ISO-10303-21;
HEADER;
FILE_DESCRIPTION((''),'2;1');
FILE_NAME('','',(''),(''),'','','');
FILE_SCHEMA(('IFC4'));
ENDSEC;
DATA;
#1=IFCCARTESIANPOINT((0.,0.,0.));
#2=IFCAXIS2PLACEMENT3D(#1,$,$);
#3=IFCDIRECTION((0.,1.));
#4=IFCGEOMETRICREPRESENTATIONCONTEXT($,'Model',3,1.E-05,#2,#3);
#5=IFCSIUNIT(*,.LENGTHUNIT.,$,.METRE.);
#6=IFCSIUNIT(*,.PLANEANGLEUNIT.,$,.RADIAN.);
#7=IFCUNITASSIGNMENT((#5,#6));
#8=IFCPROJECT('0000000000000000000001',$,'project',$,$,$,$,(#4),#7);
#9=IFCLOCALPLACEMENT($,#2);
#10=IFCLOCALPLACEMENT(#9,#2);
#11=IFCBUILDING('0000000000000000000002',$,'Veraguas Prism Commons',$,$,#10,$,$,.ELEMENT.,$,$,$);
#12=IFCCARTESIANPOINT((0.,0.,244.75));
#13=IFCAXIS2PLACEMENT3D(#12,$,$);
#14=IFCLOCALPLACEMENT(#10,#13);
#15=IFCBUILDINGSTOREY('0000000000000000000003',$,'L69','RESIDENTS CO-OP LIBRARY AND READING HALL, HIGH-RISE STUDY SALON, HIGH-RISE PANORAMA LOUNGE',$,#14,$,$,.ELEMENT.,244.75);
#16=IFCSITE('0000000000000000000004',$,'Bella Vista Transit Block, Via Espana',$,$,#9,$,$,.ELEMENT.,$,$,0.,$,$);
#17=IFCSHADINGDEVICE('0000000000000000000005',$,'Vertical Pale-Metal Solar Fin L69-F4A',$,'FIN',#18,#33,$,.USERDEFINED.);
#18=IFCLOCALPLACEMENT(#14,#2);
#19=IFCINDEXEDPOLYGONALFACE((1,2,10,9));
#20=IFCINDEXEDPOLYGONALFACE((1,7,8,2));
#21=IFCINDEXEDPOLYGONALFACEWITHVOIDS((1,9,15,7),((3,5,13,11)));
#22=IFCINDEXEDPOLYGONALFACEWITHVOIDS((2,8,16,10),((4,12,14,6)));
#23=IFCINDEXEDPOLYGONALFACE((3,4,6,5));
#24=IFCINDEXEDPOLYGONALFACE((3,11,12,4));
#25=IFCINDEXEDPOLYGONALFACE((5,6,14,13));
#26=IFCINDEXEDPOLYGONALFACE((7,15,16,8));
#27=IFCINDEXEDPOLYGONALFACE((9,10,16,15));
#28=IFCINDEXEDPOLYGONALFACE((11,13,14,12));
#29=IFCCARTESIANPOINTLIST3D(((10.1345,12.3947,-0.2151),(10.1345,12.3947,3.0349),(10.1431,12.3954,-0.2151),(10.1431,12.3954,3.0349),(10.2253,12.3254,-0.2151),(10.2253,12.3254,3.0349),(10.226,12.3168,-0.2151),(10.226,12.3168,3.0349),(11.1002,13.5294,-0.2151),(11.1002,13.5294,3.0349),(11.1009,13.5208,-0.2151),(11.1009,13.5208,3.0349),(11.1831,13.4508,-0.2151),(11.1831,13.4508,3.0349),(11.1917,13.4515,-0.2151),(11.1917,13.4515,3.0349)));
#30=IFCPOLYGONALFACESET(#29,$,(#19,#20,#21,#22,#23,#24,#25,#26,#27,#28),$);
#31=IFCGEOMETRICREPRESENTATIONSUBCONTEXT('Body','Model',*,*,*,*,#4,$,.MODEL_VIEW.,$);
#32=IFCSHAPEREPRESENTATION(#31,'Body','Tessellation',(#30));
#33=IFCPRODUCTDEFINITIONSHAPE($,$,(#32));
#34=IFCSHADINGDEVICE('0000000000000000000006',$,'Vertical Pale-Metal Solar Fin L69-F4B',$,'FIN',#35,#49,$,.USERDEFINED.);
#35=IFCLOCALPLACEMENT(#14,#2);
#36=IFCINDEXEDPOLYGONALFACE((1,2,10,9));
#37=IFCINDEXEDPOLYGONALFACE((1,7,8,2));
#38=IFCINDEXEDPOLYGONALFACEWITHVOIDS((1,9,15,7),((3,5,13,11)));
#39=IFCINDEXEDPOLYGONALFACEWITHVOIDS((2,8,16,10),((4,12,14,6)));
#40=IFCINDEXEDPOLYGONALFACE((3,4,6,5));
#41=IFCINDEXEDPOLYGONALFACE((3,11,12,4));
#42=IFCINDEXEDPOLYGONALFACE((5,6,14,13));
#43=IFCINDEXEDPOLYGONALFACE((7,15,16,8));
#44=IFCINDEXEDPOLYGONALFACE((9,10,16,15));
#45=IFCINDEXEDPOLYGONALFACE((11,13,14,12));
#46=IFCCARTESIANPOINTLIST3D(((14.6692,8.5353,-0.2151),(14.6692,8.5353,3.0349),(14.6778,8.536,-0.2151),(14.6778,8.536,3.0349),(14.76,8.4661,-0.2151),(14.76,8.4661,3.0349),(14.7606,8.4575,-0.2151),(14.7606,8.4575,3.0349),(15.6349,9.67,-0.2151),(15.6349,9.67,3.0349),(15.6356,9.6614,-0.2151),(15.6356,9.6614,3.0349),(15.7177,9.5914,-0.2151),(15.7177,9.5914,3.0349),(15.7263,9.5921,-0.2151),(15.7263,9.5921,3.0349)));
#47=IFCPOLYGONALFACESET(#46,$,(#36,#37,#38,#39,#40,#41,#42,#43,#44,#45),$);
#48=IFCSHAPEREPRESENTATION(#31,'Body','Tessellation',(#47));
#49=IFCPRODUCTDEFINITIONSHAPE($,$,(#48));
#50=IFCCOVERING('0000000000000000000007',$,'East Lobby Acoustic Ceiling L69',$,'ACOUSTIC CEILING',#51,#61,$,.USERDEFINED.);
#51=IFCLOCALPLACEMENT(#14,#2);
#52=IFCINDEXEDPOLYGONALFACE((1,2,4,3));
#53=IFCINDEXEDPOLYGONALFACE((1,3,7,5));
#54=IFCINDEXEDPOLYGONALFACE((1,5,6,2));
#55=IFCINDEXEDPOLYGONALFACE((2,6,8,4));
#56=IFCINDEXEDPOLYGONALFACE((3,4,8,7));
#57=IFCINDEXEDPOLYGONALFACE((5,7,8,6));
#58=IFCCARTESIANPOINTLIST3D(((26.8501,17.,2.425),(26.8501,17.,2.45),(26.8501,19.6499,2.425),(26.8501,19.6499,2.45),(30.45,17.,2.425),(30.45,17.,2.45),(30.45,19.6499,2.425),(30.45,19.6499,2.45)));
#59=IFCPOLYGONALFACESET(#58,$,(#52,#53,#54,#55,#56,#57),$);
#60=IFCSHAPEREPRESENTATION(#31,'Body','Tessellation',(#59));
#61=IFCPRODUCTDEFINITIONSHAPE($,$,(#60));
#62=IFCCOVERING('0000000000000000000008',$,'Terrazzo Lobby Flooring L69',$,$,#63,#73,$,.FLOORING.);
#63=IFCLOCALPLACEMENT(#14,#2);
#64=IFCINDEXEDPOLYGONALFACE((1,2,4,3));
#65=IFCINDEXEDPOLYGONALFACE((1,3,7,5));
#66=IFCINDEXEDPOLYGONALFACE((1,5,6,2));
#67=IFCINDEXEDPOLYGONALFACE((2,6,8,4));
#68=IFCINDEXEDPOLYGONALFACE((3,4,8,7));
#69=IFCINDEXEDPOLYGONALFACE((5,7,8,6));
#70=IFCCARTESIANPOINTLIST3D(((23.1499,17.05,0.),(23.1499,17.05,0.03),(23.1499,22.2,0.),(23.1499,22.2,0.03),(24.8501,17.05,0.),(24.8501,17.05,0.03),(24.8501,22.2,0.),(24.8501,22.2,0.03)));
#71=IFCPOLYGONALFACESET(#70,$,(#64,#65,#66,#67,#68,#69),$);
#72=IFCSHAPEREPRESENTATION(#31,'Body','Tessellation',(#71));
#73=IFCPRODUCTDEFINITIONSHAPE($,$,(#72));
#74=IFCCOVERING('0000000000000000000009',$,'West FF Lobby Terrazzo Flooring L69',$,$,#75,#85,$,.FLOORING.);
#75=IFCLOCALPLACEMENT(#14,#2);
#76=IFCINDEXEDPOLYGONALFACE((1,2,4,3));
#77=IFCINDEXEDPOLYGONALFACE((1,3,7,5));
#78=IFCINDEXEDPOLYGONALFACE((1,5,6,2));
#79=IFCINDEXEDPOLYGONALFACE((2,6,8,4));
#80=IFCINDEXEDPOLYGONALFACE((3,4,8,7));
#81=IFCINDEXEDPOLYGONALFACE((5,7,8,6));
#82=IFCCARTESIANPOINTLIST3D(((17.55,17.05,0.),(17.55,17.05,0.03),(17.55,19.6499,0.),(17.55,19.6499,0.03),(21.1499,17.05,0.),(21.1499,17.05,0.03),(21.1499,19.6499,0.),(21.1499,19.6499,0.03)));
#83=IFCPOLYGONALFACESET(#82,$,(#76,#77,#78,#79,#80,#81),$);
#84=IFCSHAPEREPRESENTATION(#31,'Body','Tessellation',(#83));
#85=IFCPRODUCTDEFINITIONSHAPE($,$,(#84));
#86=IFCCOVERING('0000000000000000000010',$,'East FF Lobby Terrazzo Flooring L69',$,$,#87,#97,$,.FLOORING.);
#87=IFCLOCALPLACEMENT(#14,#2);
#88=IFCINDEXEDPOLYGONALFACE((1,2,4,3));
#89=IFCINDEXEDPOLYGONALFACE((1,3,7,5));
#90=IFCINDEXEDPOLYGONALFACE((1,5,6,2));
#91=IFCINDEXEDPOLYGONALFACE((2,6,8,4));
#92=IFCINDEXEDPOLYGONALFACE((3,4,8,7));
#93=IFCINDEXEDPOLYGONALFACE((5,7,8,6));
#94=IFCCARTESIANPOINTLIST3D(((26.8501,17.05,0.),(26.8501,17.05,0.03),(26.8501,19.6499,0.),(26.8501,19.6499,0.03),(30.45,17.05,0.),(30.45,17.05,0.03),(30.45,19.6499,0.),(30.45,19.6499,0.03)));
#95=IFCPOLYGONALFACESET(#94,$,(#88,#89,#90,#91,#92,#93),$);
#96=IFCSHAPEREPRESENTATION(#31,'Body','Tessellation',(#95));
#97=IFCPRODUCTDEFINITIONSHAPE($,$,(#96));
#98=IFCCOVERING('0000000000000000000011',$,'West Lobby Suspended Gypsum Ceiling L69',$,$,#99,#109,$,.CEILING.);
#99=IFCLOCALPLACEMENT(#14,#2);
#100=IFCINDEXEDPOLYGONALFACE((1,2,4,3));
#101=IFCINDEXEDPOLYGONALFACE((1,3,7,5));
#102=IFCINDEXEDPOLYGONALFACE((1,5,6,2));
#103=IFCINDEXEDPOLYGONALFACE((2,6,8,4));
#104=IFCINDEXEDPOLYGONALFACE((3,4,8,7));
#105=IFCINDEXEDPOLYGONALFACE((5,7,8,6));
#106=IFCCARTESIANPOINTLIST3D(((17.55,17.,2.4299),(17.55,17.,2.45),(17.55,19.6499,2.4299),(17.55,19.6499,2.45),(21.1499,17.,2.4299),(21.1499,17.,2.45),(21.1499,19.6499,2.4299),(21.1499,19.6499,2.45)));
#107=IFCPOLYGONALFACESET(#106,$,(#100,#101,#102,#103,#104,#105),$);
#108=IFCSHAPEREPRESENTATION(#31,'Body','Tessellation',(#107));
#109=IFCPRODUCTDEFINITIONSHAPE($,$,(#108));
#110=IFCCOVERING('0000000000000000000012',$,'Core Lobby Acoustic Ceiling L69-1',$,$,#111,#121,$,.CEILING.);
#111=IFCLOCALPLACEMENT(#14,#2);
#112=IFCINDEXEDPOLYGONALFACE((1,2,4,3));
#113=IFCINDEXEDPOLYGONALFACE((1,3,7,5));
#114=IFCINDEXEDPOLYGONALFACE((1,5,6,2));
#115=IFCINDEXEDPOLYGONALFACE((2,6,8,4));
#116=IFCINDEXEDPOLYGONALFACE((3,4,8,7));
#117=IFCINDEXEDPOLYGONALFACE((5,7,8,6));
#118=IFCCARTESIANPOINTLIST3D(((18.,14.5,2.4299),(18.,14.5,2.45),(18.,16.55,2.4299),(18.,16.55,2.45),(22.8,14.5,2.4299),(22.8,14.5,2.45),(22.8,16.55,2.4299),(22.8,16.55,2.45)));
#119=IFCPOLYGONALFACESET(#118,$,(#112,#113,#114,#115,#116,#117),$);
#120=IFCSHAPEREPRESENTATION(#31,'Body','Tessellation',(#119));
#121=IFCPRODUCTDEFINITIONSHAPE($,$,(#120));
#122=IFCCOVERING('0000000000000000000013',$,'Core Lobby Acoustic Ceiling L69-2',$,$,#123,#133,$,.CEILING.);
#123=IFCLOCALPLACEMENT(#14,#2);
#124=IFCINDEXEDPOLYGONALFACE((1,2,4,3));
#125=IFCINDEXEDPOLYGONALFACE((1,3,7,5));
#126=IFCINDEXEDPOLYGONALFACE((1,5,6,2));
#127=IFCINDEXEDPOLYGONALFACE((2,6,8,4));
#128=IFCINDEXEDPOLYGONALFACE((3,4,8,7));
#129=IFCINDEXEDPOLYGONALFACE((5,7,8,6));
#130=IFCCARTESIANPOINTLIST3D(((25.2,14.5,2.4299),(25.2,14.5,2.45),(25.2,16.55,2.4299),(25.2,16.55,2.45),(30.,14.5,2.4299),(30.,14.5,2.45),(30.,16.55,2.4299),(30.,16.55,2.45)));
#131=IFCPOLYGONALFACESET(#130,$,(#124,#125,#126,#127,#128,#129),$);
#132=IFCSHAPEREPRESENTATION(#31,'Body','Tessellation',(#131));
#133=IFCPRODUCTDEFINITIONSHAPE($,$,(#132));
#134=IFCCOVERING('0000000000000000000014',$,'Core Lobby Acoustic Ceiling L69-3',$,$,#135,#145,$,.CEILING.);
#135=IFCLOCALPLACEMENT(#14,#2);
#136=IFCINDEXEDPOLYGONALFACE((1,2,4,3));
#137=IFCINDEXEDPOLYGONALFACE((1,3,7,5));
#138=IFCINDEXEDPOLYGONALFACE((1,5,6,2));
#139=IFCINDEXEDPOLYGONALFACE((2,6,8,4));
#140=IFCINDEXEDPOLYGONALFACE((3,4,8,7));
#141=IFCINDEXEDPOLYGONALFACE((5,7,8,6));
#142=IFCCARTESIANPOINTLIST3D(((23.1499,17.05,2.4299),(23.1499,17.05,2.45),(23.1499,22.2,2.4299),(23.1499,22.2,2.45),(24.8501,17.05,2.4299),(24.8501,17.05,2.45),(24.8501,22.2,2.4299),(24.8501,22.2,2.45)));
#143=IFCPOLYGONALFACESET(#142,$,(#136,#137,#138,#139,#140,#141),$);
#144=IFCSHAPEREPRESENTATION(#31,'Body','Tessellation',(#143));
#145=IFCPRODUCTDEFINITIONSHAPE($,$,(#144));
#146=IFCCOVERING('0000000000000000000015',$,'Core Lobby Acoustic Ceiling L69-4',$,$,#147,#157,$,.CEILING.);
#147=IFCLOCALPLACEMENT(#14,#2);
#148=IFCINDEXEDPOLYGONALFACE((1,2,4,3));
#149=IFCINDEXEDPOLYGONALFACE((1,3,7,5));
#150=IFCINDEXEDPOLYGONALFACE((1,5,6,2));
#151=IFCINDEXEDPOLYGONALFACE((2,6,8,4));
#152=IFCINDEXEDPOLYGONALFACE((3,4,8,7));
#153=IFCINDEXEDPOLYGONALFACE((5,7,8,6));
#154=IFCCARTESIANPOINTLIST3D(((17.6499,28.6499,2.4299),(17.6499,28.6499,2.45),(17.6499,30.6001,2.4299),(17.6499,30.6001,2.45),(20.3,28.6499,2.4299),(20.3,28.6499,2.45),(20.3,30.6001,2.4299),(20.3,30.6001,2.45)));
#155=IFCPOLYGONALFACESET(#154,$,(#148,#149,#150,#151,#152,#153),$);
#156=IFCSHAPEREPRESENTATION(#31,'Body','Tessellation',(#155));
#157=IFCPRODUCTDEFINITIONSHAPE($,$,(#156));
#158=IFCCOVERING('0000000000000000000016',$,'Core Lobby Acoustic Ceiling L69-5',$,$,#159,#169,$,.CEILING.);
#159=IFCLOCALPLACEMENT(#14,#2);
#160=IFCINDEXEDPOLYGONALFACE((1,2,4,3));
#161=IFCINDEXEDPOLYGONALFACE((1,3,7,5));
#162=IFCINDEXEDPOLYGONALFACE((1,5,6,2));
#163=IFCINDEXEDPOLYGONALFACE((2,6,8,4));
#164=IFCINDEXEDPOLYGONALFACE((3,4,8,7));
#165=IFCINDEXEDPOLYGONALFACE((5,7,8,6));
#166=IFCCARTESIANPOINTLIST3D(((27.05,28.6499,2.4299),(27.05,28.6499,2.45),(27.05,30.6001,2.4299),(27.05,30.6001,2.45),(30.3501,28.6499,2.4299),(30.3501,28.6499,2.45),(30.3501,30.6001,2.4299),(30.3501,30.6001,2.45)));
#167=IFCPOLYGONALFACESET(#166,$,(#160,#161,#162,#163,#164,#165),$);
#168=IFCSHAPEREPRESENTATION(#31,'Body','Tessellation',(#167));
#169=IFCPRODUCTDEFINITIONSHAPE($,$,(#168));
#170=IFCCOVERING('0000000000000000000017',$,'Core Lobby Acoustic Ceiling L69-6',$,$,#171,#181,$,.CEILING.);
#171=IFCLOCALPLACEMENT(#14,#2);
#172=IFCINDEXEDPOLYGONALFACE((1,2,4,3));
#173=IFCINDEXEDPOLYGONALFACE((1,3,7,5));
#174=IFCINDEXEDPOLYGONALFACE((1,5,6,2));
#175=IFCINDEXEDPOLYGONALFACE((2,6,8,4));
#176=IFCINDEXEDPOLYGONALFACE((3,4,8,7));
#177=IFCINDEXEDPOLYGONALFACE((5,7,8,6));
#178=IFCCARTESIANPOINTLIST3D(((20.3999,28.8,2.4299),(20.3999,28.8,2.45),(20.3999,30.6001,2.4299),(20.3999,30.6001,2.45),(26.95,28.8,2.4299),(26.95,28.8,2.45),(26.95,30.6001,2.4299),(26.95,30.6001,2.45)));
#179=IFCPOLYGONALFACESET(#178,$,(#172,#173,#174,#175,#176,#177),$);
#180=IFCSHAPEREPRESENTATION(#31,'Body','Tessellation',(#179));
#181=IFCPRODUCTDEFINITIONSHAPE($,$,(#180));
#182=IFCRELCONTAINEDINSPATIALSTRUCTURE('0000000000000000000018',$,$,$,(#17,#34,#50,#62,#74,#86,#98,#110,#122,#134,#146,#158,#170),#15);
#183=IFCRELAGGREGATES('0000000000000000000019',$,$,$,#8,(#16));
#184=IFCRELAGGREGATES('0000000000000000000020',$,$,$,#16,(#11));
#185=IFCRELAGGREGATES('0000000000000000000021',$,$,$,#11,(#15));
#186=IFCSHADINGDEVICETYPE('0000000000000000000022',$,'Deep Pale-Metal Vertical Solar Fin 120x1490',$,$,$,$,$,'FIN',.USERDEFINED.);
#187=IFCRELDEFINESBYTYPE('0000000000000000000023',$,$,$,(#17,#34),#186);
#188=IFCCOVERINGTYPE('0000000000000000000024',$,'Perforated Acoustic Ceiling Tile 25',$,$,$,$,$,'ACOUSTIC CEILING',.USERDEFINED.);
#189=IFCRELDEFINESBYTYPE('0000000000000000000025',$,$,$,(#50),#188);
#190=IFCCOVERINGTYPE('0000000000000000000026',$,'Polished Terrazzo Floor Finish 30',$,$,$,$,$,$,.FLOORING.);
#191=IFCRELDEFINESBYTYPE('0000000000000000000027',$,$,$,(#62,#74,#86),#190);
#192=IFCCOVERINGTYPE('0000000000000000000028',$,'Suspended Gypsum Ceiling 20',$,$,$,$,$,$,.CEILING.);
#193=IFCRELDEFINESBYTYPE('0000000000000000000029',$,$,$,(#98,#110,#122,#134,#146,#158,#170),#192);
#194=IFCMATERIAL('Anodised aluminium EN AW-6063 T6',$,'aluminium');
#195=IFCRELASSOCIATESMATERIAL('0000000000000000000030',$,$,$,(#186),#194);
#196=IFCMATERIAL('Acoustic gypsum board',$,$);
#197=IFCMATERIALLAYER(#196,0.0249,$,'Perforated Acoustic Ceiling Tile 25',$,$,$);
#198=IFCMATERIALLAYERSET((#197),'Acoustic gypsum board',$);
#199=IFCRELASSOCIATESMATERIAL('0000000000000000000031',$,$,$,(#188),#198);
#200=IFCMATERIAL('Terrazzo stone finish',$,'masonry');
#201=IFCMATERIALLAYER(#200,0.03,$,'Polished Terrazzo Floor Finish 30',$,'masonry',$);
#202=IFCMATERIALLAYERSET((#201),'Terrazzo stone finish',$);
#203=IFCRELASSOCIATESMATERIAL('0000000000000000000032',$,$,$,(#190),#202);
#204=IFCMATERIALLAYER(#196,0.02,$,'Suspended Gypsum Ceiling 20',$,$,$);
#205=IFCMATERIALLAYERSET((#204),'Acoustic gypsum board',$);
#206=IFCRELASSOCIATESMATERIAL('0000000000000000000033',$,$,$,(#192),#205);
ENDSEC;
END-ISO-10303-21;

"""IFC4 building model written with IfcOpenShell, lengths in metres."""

from ifc_helpers import new_model, si_unit, direction, frame, origin, origin_2d, place, context, subcontext, project, spatial, polyline, hollow_rectangle, outline, extrude, material, layer, layer_set, material_profile, profile_set, type_object, element, save


model = new_model("IFC4")

# Units and contexts
model_context = context("Model", 3, precision=1e-05, world=origin(), true_north=direction((0.0, 1.0)))
body_context = subcontext(model_context, "Body", "Model", "MODEL_VIEW")
ifc_project = project(units=[si_unit("LENGTHUNIT", "METRE"), si_unit("PLANEANGLEUNIT", "RADIAN")], contexts=[model_context])

# Site, building, storey
site_placement = place(None, origin())
site = spatial("IfcSite", under=ifc_project, at=site_placement, Name="Bella Vista Transit Block, Via Espana", CompositionType="ELEMENT", RefElevation=0.0)
building_placement = place(site_placement, origin())
building = spatial("IfcBuilding", under=site, at=building_placement, Name="Veraguas Prism Commons", CompositionType="ELEMENT")
storey_placement = place(building_placement, frame((0.0, 0.0, 244.75)))
storey = spatial("IfcBuildingStorey", under=building, at=storey_placement, Name="L69", Description="RESIDENTS CO-OP LIBRARY AND READING HALL, HIGH-RISE STUDY SALON, HIGH-RISE PANORAMA LOUNGE", CompositionType="ELEMENT", Elevation=244.75)

# Shared definitions
ifc_material_1 = material(Name="Anodised aluminium EN AW-6063 T6", Category="aluminium")

# Shading devices
ifc_material_profile_1 = material_profile(ifc_material_1, hollow_rectangle(XDim=0.1201, YDim=1.49, WallThickness=0.0061, at=origin_2d()), Name="FIN120X1490X6")
ifc_profile_set_1 = profile_set([ifc_material_profile_1], Name="Anodised aluminium EN AW-6063 T6")
shading_device_type = type_object("IfcShadingDeviceType", Name="Deep Pale-Metal Vertical Solar Fin 120x1490", ElementType="FIN", PredefinedType="USERDEFINED", material=ifc_profile_set_1)
for number, where, z_axis, x_axis, name in (
    (1, (10.6631, 12.9231, -0.2151), (0.0, 0.0, 1.0), (0.761538, -0.64812, 0.0), "Vertical Pale-Metal Solar Fin L69-F4A"),
    (2, (15.1978, 9.0637, -0.2151), (0.0, 0.0, 1.0), (0.761538, -0.64812, 0.0), "Vertical Pale-Metal Solar Fin L69-F4B"),
):
    element("IfcShadingDevice", number, at=place(storey_placement, frame(where, z_axis=z_axis, x_axis=x_axis)), inside=storey, type_object=shading_device_type, Name=name, ObjectType="FIN", PredefinedType="USERDEFINED", context=body_context, shape_type="SweptSolid", body=[
        extrude(hollow_rectangle(XDim=0.1201, YDim=1.49, WallThickness=0.0061, at=origin_2d()), origin(), (0.0, 0.0, 1.0), 3.25),
    ])

# Coverings
ifc_material_2 = material(Name="Acoustic gypsum board")
ifc_layer_1 = layer(ifc_material_2, 0.0249, Name="Perforated Acoustic Ceiling Tile 25")
ifc_layer_set_1 = layer_set([ifc_layer_1], Name="Acoustic gypsum board")
covering_type_1 = type_object("IfcCoveringType", Name="Perforated Acoustic Ceiling Tile 25", ElementType="ACOUSTIC CEILING", PredefinedType="USERDEFINED", material=ifc_layer_set_1)
covering_1_placement = place(storey_placement, frame((0.0, 0.0, 2.425)))
element("IfcCovering", 3, at=covering_1_placement, inside=storey, type_object=covering_type_1, Name="East Lobby Acoustic Ceiling L69", ObjectType="ACOUSTIC CEILING", PredefinedType="USERDEFINED", context=body_context, shape_type="SweptSolid", body=[
    extrude(outline(polyline([(26.8501, 17.0), (30.45, 17.0), (30.45, 19.6499), (26.8501, 19.6499), (26.8501, 17.0)])), origin(), (0.0, 0.0, 1.0), 0.0249),
])
ifc_material_3 = material(Name="Terrazzo stone finish", Category="masonry")
ifc_layer_2 = layer(ifc_material_3, 0.03, Name="Polished Terrazzo Floor Finish 30", Category="masonry")
ifc_layer_set_2 = layer_set([ifc_layer_2], Name="Terrazzo stone finish")
covering_type_2 = type_object("IfcCoveringType", Name="Polished Terrazzo Floor Finish 30", PredefinedType="FLOORING", material=ifc_layer_set_2)
covering_2_placement = place(storey_placement, origin())
element("IfcCovering", 4, at=covering_2_placement, inside=storey, type_object=covering_type_2, Name="Terrazzo Lobby Flooring L69", PredefinedType="FLOORING", context=body_context, shape_type="SweptSolid", body=[
    extrude(outline(polyline([(23.1499, 17.05), (24.8501, 17.05), (24.8501, 22.2), (23.1499, 22.2), (23.1499, 17.05)])), origin(), (0.0, 0.0, 1.0), 0.03),
])
covering_3_placement = place(storey_placement, origin())
element("IfcCovering", 5, at=covering_3_placement, inside=storey, type_object=covering_type_2, Name="West FF Lobby Terrazzo Flooring L69", PredefinedType="FLOORING", context=body_context, shape_type="SweptSolid", body=[
    extrude(outline(polyline([(17.55, 17.05), (21.1499, 17.05), (21.1499, 19.6499), (17.55, 19.6499), (17.55, 17.05)])), origin(), (0.0, 0.0, 1.0), 0.03),
])
covering_4_placement = place(storey_placement, origin())
element("IfcCovering", 6, at=covering_4_placement, inside=storey, type_object=covering_type_2, Name="East FF Lobby Terrazzo Flooring L69", PredefinedType="FLOORING", context=body_context, shape_type="SweptSolid", body=[
    extrude(outline(polyline([(26.8501, 17.05), (30.45, 17.05), (30.45, 19.6499), (26.8501, 19.6499), (26.8501, 17.05)])), origin(), (0.0, 0.0, 1.0), 0.03),
])
ifc_layer_3 = layer(ifc_material_2, 0.02, Name="Suspended Gypsum Ceiling 20")
ifc_layer_set_3 = layer_set([ifc_layer_3], Name="Acoustic gypsum board")
covering_type_3 = type_object("IfcCoveringType", Name="Suspended Gypsum Ceiling 20", PredefinedType="CEILING", material=ifc_layer_set_3)
covering_5_placement = place(storey_placement, frame((0.0, 0.0, 2.4299)))
element("IfcCovering", 7, at=covering_5_placement, inside=storey, type_object=covering_type_3, Name="West Lobby Suspended Gypsum Ceiling L69", PredefinedType="CEILING", context=body_context, shape_type="SweptSolid", body=[
    extrude(outline(polyline([(17.55, 17.0), (21.1499, 17.0), (21.1499, 19.6499), (17.55, 19.6499), (17.55, 17.0)])), origin(), (0.0, 0.0, 1.0), 0.02),
])
covering_6_placement = place(storey_placement, frame((0.0, 0.0, 2.4299)))
element("IfcCovering", 8, at=covering_6_placement, inside=storey, type_object=covering_type_3, Name="Core Lobby Acoustic Ceiling L69-1", PredefinedType="CEILING", context=body_context, shape_type="SweptSolid", body=[
    extrude(outline(polyline([(18.0, 14.5), (22.8, 14.5), (22.8, 16.55), (18.0, 16.55), (18.0, 14.5)])), origin(), (0.0, 0.0, 1.0), 0.02),
])
covering_7_placement = place(storey_placement, frame((0.0, 0.0, 2.4299)))
element("IfcCovering", 9, at=covering_7_placement, inside=storey, type_object=covering_type_3, Name="Core Lobby Acoustic Ceiling L69-2", PredefinedType="CEILING", context=body_context, shape_type="SweptSolid", body=[
    extrude(outline(polyline([(25.2, 14.5), (30.0, 14.5), (30.0, 16.55), (25.2, 16.55), (25.2, 14.5)])), origin(), (0.0, 0.0, 1.0), 0.02),
])
covering_8_placement = place(storey_placement, frame((0.0, 0.0, 2.4299)))
element("IfcCovering", 10, at=covering_8_placement, inside=storey, type_object=covering_type_3, Name="Core Lobby Acoustic Ceiling L69-3", PredefinedType="CEILING", context=body_context, shape_type="SweptSolid", body=[
    extrude(outline(polyline([(23.1499, 17.05), (24.8501, 17.05), (24.8501, 22.2), (23.1499, 22.2), (23.1499, 17.05)])), origin(), (0.0, 0.0, 1.0), 0.02),
])
covering_9_placement = place(storey_placement, frame((0.0, 0.0, 2.4299)))
element("IfcCovering", 11, at=covering_9_placement, inside=storey, type_object=covering_type_3, Name="Core Lobby Acoustic Ceiling L69-4", PredefinedType="CEILING", context=body_context, shape_type="SweptSolid", body=[
    extrude(outline(polyline([(17.6499, 28.6499), (20.3, 28.6499), (20.3, 30.6001), (17.6499, 30.6001), (17.6499, 28.6499)])), origin(), (0.0, 0.0, 1.0), 0.02),
])
covering_10_placement = place(storey_placement, frame((0.0, 0.0, 2.4299)))
element("IfcCovering", 12, at=covering_10_placement, inside=storey, type_object=covering_type_3, Name="Core Lobby Acoustic Ceiling L69-5", PredefinedType="CEILING", context=body_context, shape_type="SweptSolid", body=[
    extrude(outline(polyline([(27.05, 28.6499), (30.3501, 28.6499), (30.3501, 30.6001), (27.05, 30.6001), (27.05, 28.6499)])), origin(), (0.0, 0.0, 1.0), 0.02),
])
covering_11_placement = place(storey_placement, frame((0.0, 0.0, 2.4299)))
element("IfcCovering", 13, at=covering_11_placement, inside=storey, type_object=covering_type_3, Name="Core Lobby Acoustic Ceiling L69-6", PredefinedType="CEILING", context=body_context, shape_type="SweptSolid", body=[
    extrude(outline(polyline([(20.3999, 28.8), (26.95, 28.8), (26.95, 30.6001), (20.3999, 30.6001), (20.3999, 28.8)])), origin(), (0.0, 0.0, 1.0), 0.02),
])

save(model, "model.ifc")
